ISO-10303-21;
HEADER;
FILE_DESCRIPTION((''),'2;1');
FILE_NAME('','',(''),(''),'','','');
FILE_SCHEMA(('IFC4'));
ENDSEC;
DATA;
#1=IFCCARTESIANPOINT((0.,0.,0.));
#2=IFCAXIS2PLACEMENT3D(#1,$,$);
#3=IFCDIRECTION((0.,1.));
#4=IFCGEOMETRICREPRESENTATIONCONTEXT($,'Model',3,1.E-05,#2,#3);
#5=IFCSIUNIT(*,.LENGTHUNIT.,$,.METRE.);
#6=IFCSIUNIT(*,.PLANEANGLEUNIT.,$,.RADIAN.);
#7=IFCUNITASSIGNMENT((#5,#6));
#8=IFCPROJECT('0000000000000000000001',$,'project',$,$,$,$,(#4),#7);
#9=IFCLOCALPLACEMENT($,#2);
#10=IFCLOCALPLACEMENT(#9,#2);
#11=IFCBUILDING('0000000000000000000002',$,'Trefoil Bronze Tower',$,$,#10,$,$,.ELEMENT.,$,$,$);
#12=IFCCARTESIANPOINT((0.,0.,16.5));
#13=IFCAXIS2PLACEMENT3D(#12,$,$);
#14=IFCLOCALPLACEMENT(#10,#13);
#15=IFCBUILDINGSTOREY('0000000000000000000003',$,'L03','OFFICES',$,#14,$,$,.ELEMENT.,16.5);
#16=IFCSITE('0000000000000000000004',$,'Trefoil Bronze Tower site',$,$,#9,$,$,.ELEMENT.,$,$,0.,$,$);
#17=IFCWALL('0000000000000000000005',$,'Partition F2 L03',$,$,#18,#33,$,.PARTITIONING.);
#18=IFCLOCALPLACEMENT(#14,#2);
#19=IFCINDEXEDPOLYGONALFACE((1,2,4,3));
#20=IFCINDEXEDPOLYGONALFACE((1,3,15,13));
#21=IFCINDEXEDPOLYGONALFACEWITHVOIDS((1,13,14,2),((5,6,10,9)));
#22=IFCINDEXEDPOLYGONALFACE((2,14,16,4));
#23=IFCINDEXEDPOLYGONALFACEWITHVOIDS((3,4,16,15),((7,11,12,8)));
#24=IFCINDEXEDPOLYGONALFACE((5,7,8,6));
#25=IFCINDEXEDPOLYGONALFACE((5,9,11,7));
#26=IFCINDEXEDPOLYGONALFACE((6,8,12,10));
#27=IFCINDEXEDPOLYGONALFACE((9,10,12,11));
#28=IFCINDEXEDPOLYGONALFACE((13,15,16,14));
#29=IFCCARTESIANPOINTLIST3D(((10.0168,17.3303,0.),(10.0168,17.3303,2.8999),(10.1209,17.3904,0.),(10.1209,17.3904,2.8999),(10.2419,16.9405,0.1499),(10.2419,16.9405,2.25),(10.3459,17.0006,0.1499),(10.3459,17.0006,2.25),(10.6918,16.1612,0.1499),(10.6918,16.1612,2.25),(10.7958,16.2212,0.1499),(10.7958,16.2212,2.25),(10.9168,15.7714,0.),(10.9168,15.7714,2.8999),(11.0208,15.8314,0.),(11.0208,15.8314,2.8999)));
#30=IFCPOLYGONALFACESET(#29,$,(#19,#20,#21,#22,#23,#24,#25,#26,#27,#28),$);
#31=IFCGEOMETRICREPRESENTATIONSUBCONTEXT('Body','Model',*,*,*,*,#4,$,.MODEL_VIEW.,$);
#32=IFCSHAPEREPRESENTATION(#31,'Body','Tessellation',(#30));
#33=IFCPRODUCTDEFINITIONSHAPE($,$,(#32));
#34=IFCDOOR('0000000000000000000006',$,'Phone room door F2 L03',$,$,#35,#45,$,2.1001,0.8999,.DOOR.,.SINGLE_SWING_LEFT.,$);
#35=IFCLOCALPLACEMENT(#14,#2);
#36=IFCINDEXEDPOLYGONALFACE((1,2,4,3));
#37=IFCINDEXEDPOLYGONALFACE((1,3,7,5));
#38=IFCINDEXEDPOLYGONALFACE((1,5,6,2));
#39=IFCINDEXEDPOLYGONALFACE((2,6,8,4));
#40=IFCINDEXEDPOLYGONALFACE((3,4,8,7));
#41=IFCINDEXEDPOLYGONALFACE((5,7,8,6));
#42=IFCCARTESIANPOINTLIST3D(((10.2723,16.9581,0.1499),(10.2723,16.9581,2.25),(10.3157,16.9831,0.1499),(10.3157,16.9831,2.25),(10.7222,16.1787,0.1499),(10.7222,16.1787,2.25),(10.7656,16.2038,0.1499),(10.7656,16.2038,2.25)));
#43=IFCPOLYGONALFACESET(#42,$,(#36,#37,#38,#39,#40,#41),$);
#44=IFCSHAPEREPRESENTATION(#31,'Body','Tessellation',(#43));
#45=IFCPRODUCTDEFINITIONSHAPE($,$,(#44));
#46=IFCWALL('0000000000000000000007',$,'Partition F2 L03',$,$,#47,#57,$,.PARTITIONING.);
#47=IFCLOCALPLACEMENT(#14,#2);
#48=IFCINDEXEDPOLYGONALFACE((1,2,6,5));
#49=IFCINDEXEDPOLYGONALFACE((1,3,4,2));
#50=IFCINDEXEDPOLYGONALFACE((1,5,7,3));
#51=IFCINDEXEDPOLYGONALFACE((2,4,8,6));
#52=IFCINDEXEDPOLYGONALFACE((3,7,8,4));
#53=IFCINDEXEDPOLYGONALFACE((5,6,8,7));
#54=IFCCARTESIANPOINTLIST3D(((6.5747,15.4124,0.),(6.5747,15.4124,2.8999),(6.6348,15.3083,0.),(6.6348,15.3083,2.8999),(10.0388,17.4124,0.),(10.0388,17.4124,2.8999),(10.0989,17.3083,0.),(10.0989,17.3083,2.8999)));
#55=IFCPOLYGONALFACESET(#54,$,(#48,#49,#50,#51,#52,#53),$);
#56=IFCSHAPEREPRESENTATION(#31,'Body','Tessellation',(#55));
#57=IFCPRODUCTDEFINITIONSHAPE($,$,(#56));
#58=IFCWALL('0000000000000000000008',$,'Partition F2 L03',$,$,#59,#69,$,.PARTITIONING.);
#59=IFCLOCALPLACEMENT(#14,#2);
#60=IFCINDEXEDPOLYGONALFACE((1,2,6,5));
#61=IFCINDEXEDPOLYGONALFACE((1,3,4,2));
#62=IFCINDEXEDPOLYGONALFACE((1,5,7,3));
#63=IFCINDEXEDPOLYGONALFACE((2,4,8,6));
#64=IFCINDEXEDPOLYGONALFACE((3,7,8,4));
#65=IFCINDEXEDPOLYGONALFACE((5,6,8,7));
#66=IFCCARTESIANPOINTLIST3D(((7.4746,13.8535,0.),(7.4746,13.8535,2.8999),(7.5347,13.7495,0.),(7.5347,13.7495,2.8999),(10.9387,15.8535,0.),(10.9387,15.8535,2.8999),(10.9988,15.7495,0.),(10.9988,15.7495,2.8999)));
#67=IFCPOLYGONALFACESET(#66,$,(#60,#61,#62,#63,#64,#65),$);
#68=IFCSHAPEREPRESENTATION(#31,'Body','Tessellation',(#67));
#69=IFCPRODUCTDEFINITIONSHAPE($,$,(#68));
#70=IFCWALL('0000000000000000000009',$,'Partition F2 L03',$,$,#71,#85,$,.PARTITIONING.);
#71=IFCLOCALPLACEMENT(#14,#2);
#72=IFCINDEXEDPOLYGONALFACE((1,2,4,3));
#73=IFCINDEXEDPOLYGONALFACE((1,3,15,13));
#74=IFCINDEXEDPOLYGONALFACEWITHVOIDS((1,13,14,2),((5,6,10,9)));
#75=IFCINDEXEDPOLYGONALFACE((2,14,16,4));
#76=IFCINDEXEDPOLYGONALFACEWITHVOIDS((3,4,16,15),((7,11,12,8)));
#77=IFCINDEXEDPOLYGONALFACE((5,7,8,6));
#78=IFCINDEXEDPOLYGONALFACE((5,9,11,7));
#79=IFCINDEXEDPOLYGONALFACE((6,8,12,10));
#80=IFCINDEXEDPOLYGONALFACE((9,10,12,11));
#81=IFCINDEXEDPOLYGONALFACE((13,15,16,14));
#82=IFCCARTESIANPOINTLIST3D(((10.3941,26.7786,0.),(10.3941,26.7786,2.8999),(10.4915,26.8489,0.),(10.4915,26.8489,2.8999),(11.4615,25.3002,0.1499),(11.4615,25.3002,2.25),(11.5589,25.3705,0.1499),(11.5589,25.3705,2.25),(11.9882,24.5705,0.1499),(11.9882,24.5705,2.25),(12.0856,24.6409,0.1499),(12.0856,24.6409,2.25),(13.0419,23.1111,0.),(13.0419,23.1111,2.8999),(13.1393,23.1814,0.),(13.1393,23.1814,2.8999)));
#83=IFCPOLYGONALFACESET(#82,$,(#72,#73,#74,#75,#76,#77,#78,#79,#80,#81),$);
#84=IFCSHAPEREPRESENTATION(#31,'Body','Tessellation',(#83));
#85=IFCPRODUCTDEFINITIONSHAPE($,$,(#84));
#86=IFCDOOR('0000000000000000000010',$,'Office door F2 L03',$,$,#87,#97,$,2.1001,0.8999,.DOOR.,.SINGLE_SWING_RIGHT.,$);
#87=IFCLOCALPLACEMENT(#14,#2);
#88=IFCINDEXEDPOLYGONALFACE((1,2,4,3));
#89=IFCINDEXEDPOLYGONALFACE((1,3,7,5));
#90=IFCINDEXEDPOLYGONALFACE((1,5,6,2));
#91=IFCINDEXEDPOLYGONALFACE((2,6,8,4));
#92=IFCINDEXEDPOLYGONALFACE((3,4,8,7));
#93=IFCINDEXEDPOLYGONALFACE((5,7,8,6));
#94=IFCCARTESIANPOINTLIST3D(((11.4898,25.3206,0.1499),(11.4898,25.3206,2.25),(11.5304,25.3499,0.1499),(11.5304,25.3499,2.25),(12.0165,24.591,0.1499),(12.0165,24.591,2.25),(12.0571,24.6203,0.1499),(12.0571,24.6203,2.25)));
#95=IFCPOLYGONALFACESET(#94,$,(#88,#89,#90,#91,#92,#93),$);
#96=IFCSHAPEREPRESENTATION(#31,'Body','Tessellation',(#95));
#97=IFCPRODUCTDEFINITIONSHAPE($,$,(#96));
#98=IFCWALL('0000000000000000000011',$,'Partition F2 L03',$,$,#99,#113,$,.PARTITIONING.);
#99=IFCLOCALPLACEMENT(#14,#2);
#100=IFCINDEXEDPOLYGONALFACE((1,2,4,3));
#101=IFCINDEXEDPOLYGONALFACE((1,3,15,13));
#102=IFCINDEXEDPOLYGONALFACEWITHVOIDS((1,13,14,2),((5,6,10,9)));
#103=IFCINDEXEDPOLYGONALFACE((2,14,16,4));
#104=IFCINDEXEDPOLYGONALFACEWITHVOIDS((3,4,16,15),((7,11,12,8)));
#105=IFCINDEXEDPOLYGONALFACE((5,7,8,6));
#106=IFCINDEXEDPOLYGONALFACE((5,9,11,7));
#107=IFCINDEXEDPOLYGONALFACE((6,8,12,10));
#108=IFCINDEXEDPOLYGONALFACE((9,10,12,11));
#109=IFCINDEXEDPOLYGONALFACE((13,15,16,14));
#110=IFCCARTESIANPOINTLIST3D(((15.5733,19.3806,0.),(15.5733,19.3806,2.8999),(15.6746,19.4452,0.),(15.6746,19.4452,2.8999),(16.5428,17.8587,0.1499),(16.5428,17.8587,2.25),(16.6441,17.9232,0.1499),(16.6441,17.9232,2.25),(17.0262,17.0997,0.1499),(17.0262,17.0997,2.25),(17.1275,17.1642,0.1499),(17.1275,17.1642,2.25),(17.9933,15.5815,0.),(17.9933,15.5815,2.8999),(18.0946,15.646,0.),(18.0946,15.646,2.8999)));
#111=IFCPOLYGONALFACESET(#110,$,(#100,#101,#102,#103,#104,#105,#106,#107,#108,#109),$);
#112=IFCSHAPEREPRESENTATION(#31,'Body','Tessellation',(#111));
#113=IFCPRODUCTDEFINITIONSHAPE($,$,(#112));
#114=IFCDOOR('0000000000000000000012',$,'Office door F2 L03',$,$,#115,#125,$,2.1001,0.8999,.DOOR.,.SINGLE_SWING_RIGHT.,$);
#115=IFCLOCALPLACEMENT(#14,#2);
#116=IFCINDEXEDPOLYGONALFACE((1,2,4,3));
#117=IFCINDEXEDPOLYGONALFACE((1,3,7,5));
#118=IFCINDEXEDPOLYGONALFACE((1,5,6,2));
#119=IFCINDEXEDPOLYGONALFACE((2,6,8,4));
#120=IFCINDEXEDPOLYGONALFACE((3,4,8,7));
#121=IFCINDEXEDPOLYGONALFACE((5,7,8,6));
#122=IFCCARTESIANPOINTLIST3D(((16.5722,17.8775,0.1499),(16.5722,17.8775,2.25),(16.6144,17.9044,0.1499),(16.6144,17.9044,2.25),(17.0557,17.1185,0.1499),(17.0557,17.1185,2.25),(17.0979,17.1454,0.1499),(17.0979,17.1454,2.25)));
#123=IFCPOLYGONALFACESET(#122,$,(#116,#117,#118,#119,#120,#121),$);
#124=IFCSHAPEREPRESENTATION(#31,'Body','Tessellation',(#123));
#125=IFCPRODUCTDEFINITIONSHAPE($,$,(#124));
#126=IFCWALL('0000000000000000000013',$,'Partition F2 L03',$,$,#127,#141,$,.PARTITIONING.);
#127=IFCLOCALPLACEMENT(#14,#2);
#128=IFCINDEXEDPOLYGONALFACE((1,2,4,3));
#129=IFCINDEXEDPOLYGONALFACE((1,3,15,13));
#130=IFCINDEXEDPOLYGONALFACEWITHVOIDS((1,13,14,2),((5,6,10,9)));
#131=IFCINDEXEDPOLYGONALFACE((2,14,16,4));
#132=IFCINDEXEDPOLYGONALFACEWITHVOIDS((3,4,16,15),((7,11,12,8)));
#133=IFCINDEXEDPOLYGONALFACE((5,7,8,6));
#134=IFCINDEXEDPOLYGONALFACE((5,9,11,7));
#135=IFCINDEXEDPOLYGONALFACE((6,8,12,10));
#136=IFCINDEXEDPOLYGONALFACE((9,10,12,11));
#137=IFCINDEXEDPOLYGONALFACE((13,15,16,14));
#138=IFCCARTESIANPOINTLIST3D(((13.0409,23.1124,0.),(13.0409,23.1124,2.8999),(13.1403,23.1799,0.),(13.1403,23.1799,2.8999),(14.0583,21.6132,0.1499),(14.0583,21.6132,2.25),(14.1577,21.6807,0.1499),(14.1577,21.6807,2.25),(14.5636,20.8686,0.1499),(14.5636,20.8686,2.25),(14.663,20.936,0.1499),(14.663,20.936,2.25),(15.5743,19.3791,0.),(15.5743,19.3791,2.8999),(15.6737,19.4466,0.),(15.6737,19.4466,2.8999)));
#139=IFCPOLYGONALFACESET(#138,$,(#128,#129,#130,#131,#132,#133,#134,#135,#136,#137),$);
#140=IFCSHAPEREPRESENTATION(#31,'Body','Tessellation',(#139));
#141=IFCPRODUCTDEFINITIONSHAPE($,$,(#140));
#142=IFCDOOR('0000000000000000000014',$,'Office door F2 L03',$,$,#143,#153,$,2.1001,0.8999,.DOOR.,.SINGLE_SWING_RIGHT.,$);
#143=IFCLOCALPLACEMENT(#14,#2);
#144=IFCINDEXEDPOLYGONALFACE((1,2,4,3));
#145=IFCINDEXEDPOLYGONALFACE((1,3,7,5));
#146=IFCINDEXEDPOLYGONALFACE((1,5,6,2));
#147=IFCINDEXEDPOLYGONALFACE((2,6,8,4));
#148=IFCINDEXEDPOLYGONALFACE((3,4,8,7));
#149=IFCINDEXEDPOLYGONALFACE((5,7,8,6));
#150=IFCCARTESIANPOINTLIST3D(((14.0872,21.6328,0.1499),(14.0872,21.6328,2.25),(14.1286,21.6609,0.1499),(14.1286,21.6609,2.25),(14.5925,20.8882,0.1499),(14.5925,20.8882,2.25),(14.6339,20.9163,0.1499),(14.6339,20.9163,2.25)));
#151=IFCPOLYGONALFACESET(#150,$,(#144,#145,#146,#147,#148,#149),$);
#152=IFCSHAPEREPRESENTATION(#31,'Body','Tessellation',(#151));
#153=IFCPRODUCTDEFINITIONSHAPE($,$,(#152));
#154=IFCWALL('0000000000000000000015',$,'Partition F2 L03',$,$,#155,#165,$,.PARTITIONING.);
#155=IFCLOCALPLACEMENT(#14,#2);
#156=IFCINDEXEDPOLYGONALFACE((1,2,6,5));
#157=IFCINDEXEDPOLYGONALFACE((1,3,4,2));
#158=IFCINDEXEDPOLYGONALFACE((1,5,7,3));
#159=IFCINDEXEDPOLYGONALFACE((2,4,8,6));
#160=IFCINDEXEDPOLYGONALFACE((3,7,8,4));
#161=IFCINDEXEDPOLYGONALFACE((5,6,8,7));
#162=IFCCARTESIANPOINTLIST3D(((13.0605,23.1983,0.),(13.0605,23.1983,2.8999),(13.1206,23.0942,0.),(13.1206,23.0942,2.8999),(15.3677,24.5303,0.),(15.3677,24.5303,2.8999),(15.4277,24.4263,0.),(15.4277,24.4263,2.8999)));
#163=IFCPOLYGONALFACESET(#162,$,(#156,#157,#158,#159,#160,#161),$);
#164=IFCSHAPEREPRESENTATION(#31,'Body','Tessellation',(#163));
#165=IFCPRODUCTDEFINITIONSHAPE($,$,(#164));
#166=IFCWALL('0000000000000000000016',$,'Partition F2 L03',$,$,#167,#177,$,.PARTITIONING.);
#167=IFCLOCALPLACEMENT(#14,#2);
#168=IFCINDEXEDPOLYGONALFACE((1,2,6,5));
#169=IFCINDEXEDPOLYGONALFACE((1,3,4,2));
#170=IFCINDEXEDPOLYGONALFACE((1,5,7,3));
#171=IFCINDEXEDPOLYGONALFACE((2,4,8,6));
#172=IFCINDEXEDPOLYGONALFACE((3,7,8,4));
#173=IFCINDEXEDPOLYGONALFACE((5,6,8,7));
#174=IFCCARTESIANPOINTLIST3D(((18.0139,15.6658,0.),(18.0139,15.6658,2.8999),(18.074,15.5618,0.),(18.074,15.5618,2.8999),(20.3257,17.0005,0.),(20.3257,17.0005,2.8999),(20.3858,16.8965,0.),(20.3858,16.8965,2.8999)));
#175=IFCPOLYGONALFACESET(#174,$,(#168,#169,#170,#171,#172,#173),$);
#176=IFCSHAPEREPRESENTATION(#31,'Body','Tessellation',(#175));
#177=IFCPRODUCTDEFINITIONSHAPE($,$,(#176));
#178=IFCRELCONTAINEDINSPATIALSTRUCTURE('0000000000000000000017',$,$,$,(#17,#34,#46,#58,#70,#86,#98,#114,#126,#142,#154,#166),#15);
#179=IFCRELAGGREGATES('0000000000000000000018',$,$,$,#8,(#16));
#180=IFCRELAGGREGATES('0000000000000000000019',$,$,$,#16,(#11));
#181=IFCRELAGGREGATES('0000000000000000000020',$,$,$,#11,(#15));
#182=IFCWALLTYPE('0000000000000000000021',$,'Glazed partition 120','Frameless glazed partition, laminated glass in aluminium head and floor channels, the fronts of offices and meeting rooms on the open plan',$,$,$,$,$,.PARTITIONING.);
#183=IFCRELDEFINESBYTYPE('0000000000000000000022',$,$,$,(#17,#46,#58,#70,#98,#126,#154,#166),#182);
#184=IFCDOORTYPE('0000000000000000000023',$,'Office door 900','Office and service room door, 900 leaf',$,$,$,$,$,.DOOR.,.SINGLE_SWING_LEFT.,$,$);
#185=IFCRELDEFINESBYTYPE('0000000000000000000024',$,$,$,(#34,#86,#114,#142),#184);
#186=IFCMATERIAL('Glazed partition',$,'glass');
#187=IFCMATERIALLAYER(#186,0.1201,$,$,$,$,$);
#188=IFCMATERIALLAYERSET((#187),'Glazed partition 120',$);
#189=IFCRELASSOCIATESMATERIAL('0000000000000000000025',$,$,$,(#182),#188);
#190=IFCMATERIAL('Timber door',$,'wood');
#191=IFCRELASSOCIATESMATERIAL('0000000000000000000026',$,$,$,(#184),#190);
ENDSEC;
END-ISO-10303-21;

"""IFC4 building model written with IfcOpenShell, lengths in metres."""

from ifc_helpers import new_model, si_unit, direction, frame, frame_2d, origin, place, context, subcontext, project, spatial, rectangle, extrude, material, layer, layer_set, type_object, element, fill, save


model = new_model("IFC4")

# Units and contexts
model_context = context("Model", 3, precision=1e-05, world=origin(), true_north=direction((0.0, 1.0)))
body_context = subcontext(model_context, "Body", "Model", "MODEL_VIEW")
ifc_project = project(units=[si_unit("LENGTHUNIT", "METRE"), si_unit("PLANEANGLEUNIT", "RADIAN")], contexts=[model_context])

# Site, building, storey
site_placement = place(None, origin())
site = spatial("IfcSite", under=ifc_project, at=site_placement, Name="Trefoil Bronze Tower site", CompositionType="ELEMENT", RefElevation=0.0)
building_placement = place(site_placement, origin())
building = spatial("IfcBuilding", under=site, at=building_placement, Name="Trefoil Bronze Tower", CompositionType="ELEMENT")
storey_placement = place(building_placement, frame((0.0, 0.0, 16.5)))
storey = spatial("IfcBuildingStorey", under=building, at=storey_placement, Name="L03", Description="OFFICES", CompositionType="ELEMENT", Elevation=16.5)

# Wall, opening, door
ifc_material_1 = material(Name="Glazed partition", Category="glass")
ifc_layer_1 = layer(ifc_material_1, 0.1201)
ifc_layer_set_1 = layer_set([ifc_layer_1], Name="Glazed partition 120")
wall_type_1 = type_object("IfcWallType", Name="Glazed partition 120", Description="Frameless glazed partition, laminated glass in aluminium head and floor channels, the fronts of offices and meeting rooms on the open plan", PredefinedType="PARTITIONING", material=ifc_layer_set_1)
wall_1_placement = place(storey_placement, frame((10.9688, 15.8015, 0.0), z_axis=(0.0, 0.0, 1.0), x_axis=(-0.499961, 0.866048, 0.0)))
wall_1 = element("IfcWall", 1, at=wall_1_placement, inside=storey, type_object=wall_type_1, Name="Partition F2 L03", PredefinedType="PARTITIONING", context=body_context, shape_type="SweptSolid", body=[
    extrude(rectangle(XDim=1.8, YDim=0.1201, at=frame_2d((0.8999, 0.0))), origin(), (0.0, 0.0, 1.0), 2.8999),
])
opening_1_placement = place(wall_1_placement, frame((0.45, 0.0, 0.1499)))
opening_1 = element("IfcOpeningElement", 2, at=opening_1_placement, cuts=wall_1, PredefinedType="OPENING", context=body_context, shape_type="SweptSolid", body=[
    extrude(rectangle(XDim=0.8999, YDim=2.1001, at=frame_2d((0.45, 1.05))), frame((0.0, 0.0701, 0.0), z_axis=(0.0, -1.0, 0.0), x_axis=(1.0, 0.0, 0.0)), (0.0, 0.0, 1.0), 0.1401),
])
ifc_material_2 = material(Name="Timber door", Category="wood")
door_type = type_object("IfcDoorType", Name="Office door 900", Description="Office and service room door, 900 leaf", OperationType="SINGLE_SWING_LEFT", PredefinedType="DOOR", material=ifc_material_2)
door_1_placement = place(opening_1_placement, origin())
door_1 = element("IfcDoor", 3, at=door_1_placement, inside=storey, type_object=door_type, Name="Phone room door F2 L03", OperationType="SINGLE_SWING_LEFT", OverallHeight=2.1001, OverallWidth=0.8999, PredefinedType="DOOR", context=body_context, shape_type="SweptSolid", body=[
    extrude(rectangle(XDim=0.8999, YDim=2.1001, at=frame_2d((0.45, 1.05))), frame((0.0, 0.0249, 0.0), z_axis=(0.0, -1.0, 0.0), x_axis=(1.0, 0.0, 0.0)), (0.0, 0.0, 1.0), 0.05),
])
fill(opening_1, door_1)

# Walls
for number, where, z_axis, x_axis, name in (
    (4, (6.6047, 15.3604, 0.0), (0.0, 0.0, 1.0), (0.866026, 0.499999, 0.0), "Partition F2 L03"),
    (5, (7.5046, 13.8015, 0.0), (0.0, 0.0, 1.0), (0.866026, 0.499999, 0.0), "Partition F2 L03"),
):
    element("IfcWall", number, at=place(storey_placement, frame(where, z_axis=z_axis, x_axis=x_axis)), inside=storey, type_object=wall_type_1, Name=name, PredefinedType="PARTITIONING", context=body_context, shape_type="SweptSolid", body=[
        extrude(rectangle(XDim=4.0, YDim=0.1201, at=frame_2d((2.0, 0.0))), origin(), (0.0, 0.0, 1.0), 2.8999),
    ])

# Walls, openings, doors
wall_2_placement = place(storey_placement, frame((13.0906, 23.1462, 0.0), z_axis=(0.0, 0.0, 1.0), x_axis=(-0.585341, 0.810787, 0.0)))
wall_2 = element("IfcWall", 6, at=wall_2_placement, inside=storey, type_object=wall_type_1, Name="Partition F2 L03", PredefinedType="PARTITIONING", context=body_context, shape_type="SweptSolid", body=[
    extrude(rectangle(XDim=4.5234, YDim=0.1201, at=frame_2d((2.2617, 0.0))), origin(), (0.0, 0.0, 1.0), 2.8999),
])
opening_2_placement = place(wall_2_placement, frame((1.8, 0.0, 0.1499)))
opening_2 = element("IfcOpeningElement", 7, at=opening_2_placement, cuts=wall_2, PredefinedType="OPENING", context=body_context, shape_type="SweptSolid", body=[
    extrude(rectangle(XDim=0.8999, YDim=2.1001, at=frame_2d((0.45, 1.05))), frame((0.0, 0.0701, 0.0), z_axis=(0.0, -1.0, 0.0), x_axis=(1.0, 0.0, 0.0)), (0.0, 0.0, 1.0), 0.1401),
])
door_2_placement = place(opening_2_placement, frame((0.8999, 0.0, 0.0), z_axis=(0.0, 0.0, 1.0), x_axis=(-1.0, 0.0, 0.0)))
door_2 = element("IfcDoor", 8, at=door_2_placement, inside=storey, type_object=door_type, Name="Office door F2 L03", OperationType="SINGLE_SWING_RIGHT", OverallHeight=2.1001, OverallWidth=0.8999, PredefinedType="DOOR", context=body_context, shape_type="SweptSolid", body=[
    extrude(rectangle(XDim=0.8999, YDim=2.1001, at=frame_2d((0.45, 1.05))), frame((0.0, 0.0249, 0.0), z_axis=(0.0, -1.0, 0.0), x_axis=(1.0, 0.0, 0.0)), (0.0, 0.0, 1.0), 0.05),
])
fill(opening_2, door_2)
wall_3_placement = place(storey_placement, frame((18.0439, 15.6138, 0.0), z_axis=(0.0, 0.0, 1.0), x_axis=(-0.537244, 0.843427, 0.0)))
wall_3 = element("IfcWall", 9, at=wall_3_placement, inside=storey, type_object=wall_type_1, Name="Partition F2 L03", PredefinedType="PARTITIONING", context=body_context, shape_type="SweptSolid", body=[
    extrude(rectangle(XDim=4.5044, YDim=0.1201, at=frame_2d((2.2522, 0.0))), origin(), (0.0, 0.0, 1.0), 2.8999),
])
opening_3_placement = place(wall_3_placement, frame((1.8, 0.0, 0.1499)))
opening_3 = element("IfcOpeningElement", 10, at=opening_3_placement, cuts=wall_3, PredefinedType="OPENING", context=body_context, shape_type="SweptSolid", body=[
    extrude(rectangle(XDim=0.8999, YDim=2.1001, at=frame_2d((0.45, 1.05))), frame((0.0, 0.0701, 0.0), z_axis=(0.0, -1.0, 0.0), x_axis=(1.0, 0.0, 0.0)), (0.0, 0.0, 1.0), 0.1401),
])
door_3_placement = place(opening_3_placement, frame((0.8999, 0.0, 0.0), z_axis=(0.0, 0.0, 1.0), x_axis=(-1.0, 0.0, 0.0)))
door_3 = element("IfcDoor", 11, at=door_3_placement, inside=storey, type_object=door_type, Name="Office door F2 L03", OperationType="SINGLE_SWING_RIGHT", OverallHeight=2.1001, OverallWidth=0.8999, PredefinedType="DOOR", context=body_context, shape_type="SweptSolid", body=[
    extrude(rectangle(XDim=0.8999, YDim=2.1001, at=frame_2d((0.45, 1.05))), frame((0.0, 0.0249, 0.0), z_axis=(0.0, -1.0, 0.0), x_axis=(1.0, 0.0, 0.0)), (0.0, 0.0, 1.0), 0.05),
])
fill(opening_3, door_3)
wall_4_placement = place(storey_placement, frame((15.624, 19.4128, 0.0), z_axis=(0.0, 0.0, 1.0), x_axis=(-0.561512, 0.827469, 0.0)))
wall_4 = element("IfcWall", 12, at=wall_4_placement, inside=storey, type_object=wall_type_1, Name="Partition F2 L03", PredefinedType="PARTITIONING", context=body_context, shape_type="SweptSolid", body=[
    extrude(rectangle(XDim=4.5117, YDim=0.1201, at=frame_2d((2.2559, 0.0))), origin(), (0.0, 0.0, 1.0), 2.8999),
])
opening_4_placement = place(wall_4_placement, frame((1.8, 0.0, 0.1499)))
opening_4 = element("IfcOpeningElement", 13, at=opening_4_placement, cuts=wall_4, PredefinedType="OPENING", context=body_context, shape_type="SweptSolid", body=[
    extrude(rectangle(XDim=0.8999, YDim=2.1001, at=frame_2d((0.45, 1.05))), frame((0.0, 0.0701, 0.0), z_axis=(0.0, -1.0, 0.0), x_axis=(1.0, 0.0, 0.0)), (0.0, 0.0, 1.0), 0.1401),
])
door_4_placement = place(opening_4_placement, frame((0.8999, 0.0, 0.0), z_axis=(0.0, 0.0, 1.0), x_axis=(-1.0, 0.0, 0.0)))
door_4 = element("IfcDoor", 14, at=door_4_placement, inside=storey, type_object=door_type, Name="Office door F2 L03", OperationType="SINGLE_SWING_RIGHT", OverallHeight=2.1001, OverallWidth=0.8999, PredefinedType="DOOR", context=body_context, shape_type="SweptSolid", body=[
    extrude(rectangle(XDim=0.8999, YDim=2.1001, at=frame_2d((0.45, 1.05))), frame((0.0, 0.0249, 0.0), z_axis=(0.0, -1.0, 0.0), x_axis=(1.0, 0.0, 0.0)), (0.0, 0.0, 1.0), 0.05),
])
fill(opening_4, door_4)

# Walls
wall_5_placement = place(storey_placement, frame((13.0906, 23.1462, 0.0), z_axis=(0.0, 0.0, 1.0), x_axis=(0.866024, 0.500003, 0.0)))
element("IfcWall", 15, at=wall_5_placement, inside=storey, type_object=wall_type_1, Name="Partition F2 L03", PredefinedType="PARTITIONING", context=body_context, shape_type="SweptSolid", body=[
    extrude(rectangle(XDim=2.6641, YDim=0.1201, at=frame_2d((1.332, 0.0))), origin(), (0.0, 0.0, 1.0), 2.8999),
])
wall_6_placement = place(storey_placement, frame((18.0439, 15.6138, 0.0), z_axis=(0.0, 0.0, 1.0), x_axis=(0.866023, 0.500005, 0.0)))
element("IfcWall", 16, at=wall_6_placement, inside=storey, type_object=wall_type_1, Name="Partition F2 L03", PredefinedType="PARTITIONING", context=body_context, shape_type="SweptSolid", body=[
    extrude(rectangle(XDim=2.6694, YDim=0.1201, at=frame_2d((1.3347, 0.0))), origin(), (0.0, 0.0, 1.0), 2.8999),
])

save(model, "model.ifc")
